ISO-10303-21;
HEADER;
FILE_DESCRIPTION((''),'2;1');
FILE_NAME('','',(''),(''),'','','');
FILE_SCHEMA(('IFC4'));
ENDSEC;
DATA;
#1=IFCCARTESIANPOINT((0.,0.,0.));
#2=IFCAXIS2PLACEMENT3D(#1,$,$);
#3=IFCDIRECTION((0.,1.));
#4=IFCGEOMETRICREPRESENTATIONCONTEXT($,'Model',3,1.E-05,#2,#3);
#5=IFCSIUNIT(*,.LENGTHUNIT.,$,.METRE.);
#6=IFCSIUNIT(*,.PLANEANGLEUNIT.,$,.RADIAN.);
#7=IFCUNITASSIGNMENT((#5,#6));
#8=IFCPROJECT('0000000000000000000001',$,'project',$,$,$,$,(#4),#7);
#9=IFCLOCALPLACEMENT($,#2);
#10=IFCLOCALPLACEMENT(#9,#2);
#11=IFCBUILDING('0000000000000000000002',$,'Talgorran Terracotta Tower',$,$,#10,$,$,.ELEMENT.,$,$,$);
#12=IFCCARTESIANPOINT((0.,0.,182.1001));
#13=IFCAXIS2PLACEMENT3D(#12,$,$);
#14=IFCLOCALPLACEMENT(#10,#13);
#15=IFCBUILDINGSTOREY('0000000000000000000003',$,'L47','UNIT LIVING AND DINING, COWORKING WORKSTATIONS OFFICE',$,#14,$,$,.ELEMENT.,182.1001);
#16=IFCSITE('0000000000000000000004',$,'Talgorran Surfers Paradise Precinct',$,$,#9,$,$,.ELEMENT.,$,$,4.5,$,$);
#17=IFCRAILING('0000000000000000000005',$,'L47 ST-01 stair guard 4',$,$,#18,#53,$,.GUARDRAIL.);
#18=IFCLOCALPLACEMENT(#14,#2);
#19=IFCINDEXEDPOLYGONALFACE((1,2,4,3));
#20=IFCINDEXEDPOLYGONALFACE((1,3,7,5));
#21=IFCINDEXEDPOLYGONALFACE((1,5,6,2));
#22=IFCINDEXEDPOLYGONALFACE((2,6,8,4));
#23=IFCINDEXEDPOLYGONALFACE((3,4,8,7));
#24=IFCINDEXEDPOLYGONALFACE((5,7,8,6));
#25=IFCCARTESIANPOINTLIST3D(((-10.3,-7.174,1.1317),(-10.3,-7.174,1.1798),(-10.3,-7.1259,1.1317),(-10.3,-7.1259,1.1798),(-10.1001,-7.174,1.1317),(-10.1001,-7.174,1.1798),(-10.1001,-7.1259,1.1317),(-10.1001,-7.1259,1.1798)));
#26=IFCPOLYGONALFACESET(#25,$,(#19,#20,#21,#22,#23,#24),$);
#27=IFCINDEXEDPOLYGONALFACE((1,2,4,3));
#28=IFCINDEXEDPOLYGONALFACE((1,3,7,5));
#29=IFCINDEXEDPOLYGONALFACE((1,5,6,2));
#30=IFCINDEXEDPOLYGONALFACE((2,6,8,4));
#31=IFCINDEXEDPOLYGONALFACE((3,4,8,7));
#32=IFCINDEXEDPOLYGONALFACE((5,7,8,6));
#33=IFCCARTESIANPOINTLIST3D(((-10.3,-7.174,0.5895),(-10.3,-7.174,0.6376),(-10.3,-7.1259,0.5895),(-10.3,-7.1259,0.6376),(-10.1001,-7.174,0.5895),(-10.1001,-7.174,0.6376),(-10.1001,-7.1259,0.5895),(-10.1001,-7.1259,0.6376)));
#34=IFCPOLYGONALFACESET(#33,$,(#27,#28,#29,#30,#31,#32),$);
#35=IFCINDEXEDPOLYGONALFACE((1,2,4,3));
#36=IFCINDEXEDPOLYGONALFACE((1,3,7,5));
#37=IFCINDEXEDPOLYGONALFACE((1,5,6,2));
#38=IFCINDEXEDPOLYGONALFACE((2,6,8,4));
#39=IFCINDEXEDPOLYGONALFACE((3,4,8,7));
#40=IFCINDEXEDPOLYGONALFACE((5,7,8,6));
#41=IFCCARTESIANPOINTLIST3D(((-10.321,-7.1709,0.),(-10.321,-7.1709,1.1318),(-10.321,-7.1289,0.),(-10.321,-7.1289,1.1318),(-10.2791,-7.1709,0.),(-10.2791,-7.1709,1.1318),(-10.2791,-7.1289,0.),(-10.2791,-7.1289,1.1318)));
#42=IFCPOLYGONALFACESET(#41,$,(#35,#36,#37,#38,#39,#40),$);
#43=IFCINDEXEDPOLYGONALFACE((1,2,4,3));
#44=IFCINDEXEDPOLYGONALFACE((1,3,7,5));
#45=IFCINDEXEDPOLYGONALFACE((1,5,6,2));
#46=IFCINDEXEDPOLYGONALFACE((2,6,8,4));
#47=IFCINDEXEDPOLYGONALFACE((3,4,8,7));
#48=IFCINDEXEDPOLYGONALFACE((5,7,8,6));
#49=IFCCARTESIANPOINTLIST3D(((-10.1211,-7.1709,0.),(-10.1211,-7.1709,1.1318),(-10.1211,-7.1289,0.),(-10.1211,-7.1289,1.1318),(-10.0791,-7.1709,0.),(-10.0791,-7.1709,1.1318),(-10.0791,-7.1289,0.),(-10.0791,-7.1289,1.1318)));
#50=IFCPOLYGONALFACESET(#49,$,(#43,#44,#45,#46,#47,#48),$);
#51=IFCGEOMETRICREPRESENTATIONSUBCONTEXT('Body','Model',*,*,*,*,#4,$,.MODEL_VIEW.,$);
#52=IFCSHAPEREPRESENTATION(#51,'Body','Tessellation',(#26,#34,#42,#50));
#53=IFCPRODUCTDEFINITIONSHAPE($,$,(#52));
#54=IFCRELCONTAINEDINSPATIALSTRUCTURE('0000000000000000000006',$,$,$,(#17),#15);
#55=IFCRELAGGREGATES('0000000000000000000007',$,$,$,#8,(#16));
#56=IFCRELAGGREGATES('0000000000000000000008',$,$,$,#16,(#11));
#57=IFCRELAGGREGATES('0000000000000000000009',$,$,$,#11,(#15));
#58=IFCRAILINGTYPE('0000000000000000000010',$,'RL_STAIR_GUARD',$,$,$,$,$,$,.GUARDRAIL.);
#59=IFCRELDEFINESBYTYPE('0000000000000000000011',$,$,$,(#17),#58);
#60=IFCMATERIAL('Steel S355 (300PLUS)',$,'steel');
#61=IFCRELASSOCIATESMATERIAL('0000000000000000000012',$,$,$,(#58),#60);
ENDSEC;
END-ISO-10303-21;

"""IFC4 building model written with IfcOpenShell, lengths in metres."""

from ifc_helpers import new_model, si_unit, direction, frame, origin, origin_2d, place, context, subcontext, project, spatial, rectangle, extrude, material, type_object, element, save


model = new_model("IFC4")

# Units and contexts
model_context = context("Model", 3, precision=1e-05, world=origin(), true_north=direction((0.0, 1.0)))
body_context = subcontext(model_context, "Body", "Model", "MODEL_VIEW")
ifc_project = project(units=[si_unit("LENGTHUNIT", "METRE"), si_unit("PLANEANGLEUNIT", "RADIAN")], contexts=[model_context])

# Site, building, storey
site_placement = place(None, origin())
site = spatial("IfcSite", under=ifc_project, at=site_placement, Name="Talgorran Surfers Paradise Precinct", CompositionType="ELEMENT", RefElevation=4.5)
building_placement = place(site_placement, origin())
building = spatial("IfcBuilding", under=site, at=building_placement, Name="Talgorran Terracotta Tower", CompositionType="ELEMENT")
storey_placement = place(building_placement, frame((0.0, 0.0, 182.1001)))
storey = spatial("IfcBuildingStorey", under=building, at=storey_placement, Name="L47", Description="UNIT LIVING AND DINING, COWORKING WORKSTATIONS OFFICE", CompositionType="ELEMENT", Elevation=182.1001)

# Shared definitions
ifc_material_1 = material(Name="Steel S355 (300PLUS)", Category="steel")

# Railing
railing_type_1 = type_object("IfcRailingType", Name="RL_STAIR_GUARD", PredefinedType="GUARDRAIL", material=ifc_material_1)
railing_1_placement = place(storey_placement, frame((-10.3, -7.1499, 0.0)))
element("IfcRailing", 1, at=railing_1_placement, inside=storey, type_object=railing_type_1, Name="L47 ST-01 stair guard 4", PredefinedType="GUARDRAIL", context=body_context, shape_type="SweptSolid", body=[
    extrude(rectangle(XDim=0.0481, YDim=0.0481, at=origin_2d()), frame((0.0, 0.0, 1.1558), z_axis=(1.0, 0.0, 0.0), x_axis=(0.0, 1.0, 0.0)), (0.0, 0.0, 1.0), 0.2),
    extrude(rectangle(XDim=0.0481, YDim=0.0481, at=origin_2d()), frame((0.0, 0.0, 0.6135), z_axis=(1.0, 0.0, 0.0), x_axis=(0.0, 1.0, 0.0)), (0.0, 0.0, 1.0), 0.2),
    extrude(rectangle(XDim=0.042, YDim=0.042, at=origin_2d()), origin(), (0.0, 0.0, 1.0), 1.1318),
    extrude(rectangle(XDim=0.042, YDim=0.042, at=origin_2d()), frame((0.2, 0.0, 0.0)), (0.0, 0.0, 1.0), 1.1318),
])

save(model, "model.ifc")
